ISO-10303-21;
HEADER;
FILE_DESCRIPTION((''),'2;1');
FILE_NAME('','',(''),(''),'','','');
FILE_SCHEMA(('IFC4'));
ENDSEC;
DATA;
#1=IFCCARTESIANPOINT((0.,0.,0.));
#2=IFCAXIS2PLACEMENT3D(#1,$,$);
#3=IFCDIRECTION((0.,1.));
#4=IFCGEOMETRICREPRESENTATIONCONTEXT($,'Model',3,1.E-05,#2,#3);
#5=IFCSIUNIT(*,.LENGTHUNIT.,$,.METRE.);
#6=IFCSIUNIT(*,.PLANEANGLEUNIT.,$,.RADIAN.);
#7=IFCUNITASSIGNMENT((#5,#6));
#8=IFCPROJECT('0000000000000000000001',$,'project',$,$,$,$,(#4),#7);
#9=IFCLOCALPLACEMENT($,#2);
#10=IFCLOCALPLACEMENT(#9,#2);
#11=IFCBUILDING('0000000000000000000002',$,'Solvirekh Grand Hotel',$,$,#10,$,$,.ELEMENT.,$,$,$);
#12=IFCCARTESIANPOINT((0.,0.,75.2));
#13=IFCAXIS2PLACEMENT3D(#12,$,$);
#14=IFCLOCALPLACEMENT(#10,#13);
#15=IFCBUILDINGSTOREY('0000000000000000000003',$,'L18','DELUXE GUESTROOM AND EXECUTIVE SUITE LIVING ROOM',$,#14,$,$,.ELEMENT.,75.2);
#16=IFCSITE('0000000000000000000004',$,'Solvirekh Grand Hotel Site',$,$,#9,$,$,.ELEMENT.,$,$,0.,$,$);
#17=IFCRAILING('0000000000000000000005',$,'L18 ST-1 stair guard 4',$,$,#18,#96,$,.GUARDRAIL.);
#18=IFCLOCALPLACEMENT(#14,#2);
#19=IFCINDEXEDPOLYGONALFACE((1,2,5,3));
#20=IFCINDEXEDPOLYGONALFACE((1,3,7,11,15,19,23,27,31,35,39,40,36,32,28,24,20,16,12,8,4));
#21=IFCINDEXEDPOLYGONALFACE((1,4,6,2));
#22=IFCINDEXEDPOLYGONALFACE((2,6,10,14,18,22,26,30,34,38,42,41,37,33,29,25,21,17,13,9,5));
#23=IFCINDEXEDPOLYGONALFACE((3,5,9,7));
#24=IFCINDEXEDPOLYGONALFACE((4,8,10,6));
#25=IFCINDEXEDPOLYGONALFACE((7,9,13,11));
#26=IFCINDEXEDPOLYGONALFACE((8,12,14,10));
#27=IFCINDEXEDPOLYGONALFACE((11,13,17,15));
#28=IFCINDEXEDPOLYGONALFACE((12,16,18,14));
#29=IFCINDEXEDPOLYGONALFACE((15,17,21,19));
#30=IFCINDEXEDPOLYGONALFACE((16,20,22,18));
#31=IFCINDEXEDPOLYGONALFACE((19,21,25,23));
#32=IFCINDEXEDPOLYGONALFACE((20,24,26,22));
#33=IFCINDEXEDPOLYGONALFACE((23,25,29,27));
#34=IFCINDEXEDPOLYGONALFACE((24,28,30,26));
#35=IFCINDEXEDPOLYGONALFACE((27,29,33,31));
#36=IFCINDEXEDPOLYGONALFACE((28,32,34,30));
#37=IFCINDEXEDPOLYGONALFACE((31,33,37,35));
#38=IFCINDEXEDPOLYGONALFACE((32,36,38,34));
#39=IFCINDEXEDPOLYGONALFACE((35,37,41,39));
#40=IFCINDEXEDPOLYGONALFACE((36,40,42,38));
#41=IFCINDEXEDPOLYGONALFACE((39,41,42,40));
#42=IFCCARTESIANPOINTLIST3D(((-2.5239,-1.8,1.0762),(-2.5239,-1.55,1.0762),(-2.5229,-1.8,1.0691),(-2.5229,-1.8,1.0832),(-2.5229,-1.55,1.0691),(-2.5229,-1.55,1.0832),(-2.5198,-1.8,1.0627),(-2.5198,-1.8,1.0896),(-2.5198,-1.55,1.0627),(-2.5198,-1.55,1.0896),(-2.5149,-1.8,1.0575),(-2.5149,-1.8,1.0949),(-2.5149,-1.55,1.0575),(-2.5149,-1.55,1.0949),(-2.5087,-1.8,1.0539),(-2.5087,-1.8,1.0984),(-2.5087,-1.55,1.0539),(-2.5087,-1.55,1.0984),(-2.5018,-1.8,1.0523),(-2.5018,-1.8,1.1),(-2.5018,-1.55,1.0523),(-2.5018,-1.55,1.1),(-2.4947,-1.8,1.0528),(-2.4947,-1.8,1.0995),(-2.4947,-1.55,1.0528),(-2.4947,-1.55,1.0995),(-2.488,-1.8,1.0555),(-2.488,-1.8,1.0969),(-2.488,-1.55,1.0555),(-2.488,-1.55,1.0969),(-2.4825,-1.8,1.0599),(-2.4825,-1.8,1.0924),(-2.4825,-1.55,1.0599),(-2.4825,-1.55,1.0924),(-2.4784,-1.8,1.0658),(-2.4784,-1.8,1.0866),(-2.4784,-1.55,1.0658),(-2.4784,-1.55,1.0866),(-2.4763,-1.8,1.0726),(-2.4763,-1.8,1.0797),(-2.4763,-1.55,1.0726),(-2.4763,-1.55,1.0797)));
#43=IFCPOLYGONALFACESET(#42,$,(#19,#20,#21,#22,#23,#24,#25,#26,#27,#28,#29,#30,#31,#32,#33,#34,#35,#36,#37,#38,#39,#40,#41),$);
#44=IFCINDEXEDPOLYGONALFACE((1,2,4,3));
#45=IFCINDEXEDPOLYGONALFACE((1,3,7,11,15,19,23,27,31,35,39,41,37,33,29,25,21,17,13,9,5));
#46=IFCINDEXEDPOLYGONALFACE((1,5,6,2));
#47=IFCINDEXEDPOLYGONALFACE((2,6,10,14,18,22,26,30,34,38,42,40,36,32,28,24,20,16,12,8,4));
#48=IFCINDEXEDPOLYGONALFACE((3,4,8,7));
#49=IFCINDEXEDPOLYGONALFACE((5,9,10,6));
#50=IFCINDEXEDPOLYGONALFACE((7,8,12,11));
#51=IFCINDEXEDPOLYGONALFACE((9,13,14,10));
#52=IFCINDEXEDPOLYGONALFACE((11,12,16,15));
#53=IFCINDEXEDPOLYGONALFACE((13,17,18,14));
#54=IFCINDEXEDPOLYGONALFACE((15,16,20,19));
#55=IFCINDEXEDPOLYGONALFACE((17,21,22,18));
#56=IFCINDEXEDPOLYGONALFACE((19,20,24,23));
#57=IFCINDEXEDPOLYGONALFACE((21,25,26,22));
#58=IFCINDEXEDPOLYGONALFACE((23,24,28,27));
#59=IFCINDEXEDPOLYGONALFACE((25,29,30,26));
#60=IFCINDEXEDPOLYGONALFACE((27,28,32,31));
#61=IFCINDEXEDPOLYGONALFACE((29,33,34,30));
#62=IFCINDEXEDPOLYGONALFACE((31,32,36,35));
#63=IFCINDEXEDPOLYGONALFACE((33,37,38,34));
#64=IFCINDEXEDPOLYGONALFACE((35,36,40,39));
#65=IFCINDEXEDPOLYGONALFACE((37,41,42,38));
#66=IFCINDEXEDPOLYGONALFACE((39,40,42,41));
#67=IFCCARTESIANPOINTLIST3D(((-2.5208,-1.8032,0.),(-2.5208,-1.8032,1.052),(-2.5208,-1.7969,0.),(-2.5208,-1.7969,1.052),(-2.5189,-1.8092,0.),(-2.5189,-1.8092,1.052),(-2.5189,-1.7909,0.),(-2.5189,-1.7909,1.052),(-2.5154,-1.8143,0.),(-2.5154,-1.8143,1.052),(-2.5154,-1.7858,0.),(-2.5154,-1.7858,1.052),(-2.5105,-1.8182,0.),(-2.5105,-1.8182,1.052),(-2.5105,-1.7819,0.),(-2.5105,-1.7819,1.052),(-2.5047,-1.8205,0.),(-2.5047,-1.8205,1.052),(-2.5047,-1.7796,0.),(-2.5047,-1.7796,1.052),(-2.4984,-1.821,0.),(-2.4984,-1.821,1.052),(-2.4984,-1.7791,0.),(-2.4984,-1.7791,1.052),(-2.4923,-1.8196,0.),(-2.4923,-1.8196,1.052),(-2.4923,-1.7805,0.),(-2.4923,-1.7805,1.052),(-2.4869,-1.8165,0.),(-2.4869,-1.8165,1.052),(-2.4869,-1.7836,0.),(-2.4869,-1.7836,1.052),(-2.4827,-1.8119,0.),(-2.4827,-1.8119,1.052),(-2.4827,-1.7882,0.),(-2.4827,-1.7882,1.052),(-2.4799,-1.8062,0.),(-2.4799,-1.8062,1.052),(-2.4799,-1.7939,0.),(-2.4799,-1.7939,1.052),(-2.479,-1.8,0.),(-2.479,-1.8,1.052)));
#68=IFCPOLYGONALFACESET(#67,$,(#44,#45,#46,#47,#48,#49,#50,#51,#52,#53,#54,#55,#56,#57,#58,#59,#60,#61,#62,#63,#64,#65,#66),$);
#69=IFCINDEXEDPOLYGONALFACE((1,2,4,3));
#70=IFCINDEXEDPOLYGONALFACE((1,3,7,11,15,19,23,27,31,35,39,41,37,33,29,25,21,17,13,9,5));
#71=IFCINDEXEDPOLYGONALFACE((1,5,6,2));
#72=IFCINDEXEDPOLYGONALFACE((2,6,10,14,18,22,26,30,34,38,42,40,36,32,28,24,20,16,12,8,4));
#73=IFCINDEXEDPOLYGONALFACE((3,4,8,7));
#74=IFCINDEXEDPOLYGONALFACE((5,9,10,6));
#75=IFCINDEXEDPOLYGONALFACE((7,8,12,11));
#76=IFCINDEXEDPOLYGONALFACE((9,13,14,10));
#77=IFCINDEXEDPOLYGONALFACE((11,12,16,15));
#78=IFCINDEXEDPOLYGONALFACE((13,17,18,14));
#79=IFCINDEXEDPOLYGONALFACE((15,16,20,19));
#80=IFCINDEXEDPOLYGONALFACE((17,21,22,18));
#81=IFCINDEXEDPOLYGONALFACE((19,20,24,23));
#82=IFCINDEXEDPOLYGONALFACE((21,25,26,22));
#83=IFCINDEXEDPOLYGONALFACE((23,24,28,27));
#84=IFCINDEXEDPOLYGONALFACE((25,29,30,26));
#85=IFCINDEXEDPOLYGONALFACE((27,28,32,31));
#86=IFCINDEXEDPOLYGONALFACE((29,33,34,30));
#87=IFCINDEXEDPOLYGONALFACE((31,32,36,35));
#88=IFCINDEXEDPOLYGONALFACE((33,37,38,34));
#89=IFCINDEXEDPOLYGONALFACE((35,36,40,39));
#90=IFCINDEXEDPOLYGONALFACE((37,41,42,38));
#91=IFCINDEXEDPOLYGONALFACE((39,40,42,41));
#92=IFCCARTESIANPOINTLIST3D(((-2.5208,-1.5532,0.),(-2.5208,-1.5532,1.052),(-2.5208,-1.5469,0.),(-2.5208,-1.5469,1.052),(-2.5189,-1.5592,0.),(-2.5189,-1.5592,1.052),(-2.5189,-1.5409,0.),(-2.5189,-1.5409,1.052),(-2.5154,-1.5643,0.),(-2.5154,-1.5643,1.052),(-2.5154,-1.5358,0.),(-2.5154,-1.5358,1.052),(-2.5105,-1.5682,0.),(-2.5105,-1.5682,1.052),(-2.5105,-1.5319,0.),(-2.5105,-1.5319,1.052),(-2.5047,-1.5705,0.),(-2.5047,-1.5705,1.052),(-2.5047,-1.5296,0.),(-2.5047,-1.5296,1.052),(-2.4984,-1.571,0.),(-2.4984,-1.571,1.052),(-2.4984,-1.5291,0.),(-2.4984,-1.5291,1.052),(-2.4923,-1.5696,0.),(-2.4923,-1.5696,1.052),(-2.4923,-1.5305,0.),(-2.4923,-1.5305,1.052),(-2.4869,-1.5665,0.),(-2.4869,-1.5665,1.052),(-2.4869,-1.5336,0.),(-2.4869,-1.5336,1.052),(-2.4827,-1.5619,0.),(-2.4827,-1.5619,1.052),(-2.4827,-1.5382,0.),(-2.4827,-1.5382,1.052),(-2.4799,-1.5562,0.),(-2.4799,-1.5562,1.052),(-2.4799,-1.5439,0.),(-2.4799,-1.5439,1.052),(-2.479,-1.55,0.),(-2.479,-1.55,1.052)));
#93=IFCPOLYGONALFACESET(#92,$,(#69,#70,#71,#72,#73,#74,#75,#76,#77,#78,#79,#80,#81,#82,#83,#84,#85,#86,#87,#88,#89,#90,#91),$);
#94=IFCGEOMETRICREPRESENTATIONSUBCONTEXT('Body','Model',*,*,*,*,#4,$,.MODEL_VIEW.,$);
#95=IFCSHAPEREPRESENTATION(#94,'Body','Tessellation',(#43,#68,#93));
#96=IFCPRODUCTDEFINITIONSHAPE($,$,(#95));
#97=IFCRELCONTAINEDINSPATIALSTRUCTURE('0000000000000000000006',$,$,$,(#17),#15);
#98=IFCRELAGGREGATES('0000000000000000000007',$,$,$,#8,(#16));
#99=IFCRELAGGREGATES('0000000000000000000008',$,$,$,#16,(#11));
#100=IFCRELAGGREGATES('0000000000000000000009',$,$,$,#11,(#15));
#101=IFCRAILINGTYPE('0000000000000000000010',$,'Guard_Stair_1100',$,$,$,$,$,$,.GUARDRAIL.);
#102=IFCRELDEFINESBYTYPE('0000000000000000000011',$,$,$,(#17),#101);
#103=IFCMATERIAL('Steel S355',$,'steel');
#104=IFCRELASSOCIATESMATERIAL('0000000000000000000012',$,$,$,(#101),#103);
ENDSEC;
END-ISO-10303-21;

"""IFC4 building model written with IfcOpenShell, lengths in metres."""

from ifc_helpers import new_model, si_unit, direction, frame, origin, origin_2d, place, context, subcontext, project, spatial, circle, extrude, material, type_object, element, save


model = new_model("IFC4")

# Units and contexts
model_context = context("Model", 3, precision=1e-05, world=origin(), true_north=direction((0.0, 1.0)))
body_context = subcontext(model_context, "Body", "Model", "MODEL_VIEW")
ifc_project = project(units=[si_unit("LENGTHUNIT", "METRE"), si_unit("PLANEANGLEUNIT", "RADIAN")], contexts=[model_context])

# Site, building, storey
site_placement = place(None, origin())
site = spatial("IfcSite", under=ifc_project, at=site_placement, Name="Solvirekh Grand Hotel Site", CompositionType="ELEMENT", RefElevation=0.0)
building_placement = place(site_placement, origin())
building = spatial("IfcBuilding", under=site, at=building_placement, Name="Solvirekh Grand Hotel", CompositionType="ELEMENT")
storey_placement = place(building_placement, frame((0.0, 0.0, 75.2)))
storey = spatial("IfcBuildingStorey", under=building, at=storey_placement, Name="L18", Description="DELUXE GUESTROOM AND EXECUTIVE SUITE LIVING ROOM", CompositionType="ELEMENT", Elevation=75.2)

# Railing
ifc_material_1 = material(Name="Steel S355", Category="steel")
railing_type_1 = type_object("IfcRailingType", Name="Guard_Stair_1100", PredefinedType="GUARDRAIL", material=ifc_material_1)
railing_1_placement = place(storey_placement, frame((-2.5, -1.8, 0.0)))
element("IfcRailing", 1, at=railing_1_placement, inside=storey, type_object=railing_type_1, Name="L18 ST-1 stair guard 4", PredefinedType="GUARDRAIL", context=body_context, shape_type="SweptSolid", body=[
    extrude(circle(Radius=0.0239, at=origin_2d()), frame((0.0, 0.0, 1.0762), z_axis=(0.0, 1.0, 0.0), x_axis=(-1.0, 0.0, 0.0)), (0.0, 0.0, 1.0), 0.25),
    extrude(circle(Radius=0.021, at=origin_2d()), origin(), (0.0, 0.0, 1.0), 1.052),
    extrude(circle(Radius=0.021, at=origin_2d()), frame((0.0, 0.25, 0.0)), (0.0, 0.0, 1.0), 1.052),
])

save(model, "model.ifc")
